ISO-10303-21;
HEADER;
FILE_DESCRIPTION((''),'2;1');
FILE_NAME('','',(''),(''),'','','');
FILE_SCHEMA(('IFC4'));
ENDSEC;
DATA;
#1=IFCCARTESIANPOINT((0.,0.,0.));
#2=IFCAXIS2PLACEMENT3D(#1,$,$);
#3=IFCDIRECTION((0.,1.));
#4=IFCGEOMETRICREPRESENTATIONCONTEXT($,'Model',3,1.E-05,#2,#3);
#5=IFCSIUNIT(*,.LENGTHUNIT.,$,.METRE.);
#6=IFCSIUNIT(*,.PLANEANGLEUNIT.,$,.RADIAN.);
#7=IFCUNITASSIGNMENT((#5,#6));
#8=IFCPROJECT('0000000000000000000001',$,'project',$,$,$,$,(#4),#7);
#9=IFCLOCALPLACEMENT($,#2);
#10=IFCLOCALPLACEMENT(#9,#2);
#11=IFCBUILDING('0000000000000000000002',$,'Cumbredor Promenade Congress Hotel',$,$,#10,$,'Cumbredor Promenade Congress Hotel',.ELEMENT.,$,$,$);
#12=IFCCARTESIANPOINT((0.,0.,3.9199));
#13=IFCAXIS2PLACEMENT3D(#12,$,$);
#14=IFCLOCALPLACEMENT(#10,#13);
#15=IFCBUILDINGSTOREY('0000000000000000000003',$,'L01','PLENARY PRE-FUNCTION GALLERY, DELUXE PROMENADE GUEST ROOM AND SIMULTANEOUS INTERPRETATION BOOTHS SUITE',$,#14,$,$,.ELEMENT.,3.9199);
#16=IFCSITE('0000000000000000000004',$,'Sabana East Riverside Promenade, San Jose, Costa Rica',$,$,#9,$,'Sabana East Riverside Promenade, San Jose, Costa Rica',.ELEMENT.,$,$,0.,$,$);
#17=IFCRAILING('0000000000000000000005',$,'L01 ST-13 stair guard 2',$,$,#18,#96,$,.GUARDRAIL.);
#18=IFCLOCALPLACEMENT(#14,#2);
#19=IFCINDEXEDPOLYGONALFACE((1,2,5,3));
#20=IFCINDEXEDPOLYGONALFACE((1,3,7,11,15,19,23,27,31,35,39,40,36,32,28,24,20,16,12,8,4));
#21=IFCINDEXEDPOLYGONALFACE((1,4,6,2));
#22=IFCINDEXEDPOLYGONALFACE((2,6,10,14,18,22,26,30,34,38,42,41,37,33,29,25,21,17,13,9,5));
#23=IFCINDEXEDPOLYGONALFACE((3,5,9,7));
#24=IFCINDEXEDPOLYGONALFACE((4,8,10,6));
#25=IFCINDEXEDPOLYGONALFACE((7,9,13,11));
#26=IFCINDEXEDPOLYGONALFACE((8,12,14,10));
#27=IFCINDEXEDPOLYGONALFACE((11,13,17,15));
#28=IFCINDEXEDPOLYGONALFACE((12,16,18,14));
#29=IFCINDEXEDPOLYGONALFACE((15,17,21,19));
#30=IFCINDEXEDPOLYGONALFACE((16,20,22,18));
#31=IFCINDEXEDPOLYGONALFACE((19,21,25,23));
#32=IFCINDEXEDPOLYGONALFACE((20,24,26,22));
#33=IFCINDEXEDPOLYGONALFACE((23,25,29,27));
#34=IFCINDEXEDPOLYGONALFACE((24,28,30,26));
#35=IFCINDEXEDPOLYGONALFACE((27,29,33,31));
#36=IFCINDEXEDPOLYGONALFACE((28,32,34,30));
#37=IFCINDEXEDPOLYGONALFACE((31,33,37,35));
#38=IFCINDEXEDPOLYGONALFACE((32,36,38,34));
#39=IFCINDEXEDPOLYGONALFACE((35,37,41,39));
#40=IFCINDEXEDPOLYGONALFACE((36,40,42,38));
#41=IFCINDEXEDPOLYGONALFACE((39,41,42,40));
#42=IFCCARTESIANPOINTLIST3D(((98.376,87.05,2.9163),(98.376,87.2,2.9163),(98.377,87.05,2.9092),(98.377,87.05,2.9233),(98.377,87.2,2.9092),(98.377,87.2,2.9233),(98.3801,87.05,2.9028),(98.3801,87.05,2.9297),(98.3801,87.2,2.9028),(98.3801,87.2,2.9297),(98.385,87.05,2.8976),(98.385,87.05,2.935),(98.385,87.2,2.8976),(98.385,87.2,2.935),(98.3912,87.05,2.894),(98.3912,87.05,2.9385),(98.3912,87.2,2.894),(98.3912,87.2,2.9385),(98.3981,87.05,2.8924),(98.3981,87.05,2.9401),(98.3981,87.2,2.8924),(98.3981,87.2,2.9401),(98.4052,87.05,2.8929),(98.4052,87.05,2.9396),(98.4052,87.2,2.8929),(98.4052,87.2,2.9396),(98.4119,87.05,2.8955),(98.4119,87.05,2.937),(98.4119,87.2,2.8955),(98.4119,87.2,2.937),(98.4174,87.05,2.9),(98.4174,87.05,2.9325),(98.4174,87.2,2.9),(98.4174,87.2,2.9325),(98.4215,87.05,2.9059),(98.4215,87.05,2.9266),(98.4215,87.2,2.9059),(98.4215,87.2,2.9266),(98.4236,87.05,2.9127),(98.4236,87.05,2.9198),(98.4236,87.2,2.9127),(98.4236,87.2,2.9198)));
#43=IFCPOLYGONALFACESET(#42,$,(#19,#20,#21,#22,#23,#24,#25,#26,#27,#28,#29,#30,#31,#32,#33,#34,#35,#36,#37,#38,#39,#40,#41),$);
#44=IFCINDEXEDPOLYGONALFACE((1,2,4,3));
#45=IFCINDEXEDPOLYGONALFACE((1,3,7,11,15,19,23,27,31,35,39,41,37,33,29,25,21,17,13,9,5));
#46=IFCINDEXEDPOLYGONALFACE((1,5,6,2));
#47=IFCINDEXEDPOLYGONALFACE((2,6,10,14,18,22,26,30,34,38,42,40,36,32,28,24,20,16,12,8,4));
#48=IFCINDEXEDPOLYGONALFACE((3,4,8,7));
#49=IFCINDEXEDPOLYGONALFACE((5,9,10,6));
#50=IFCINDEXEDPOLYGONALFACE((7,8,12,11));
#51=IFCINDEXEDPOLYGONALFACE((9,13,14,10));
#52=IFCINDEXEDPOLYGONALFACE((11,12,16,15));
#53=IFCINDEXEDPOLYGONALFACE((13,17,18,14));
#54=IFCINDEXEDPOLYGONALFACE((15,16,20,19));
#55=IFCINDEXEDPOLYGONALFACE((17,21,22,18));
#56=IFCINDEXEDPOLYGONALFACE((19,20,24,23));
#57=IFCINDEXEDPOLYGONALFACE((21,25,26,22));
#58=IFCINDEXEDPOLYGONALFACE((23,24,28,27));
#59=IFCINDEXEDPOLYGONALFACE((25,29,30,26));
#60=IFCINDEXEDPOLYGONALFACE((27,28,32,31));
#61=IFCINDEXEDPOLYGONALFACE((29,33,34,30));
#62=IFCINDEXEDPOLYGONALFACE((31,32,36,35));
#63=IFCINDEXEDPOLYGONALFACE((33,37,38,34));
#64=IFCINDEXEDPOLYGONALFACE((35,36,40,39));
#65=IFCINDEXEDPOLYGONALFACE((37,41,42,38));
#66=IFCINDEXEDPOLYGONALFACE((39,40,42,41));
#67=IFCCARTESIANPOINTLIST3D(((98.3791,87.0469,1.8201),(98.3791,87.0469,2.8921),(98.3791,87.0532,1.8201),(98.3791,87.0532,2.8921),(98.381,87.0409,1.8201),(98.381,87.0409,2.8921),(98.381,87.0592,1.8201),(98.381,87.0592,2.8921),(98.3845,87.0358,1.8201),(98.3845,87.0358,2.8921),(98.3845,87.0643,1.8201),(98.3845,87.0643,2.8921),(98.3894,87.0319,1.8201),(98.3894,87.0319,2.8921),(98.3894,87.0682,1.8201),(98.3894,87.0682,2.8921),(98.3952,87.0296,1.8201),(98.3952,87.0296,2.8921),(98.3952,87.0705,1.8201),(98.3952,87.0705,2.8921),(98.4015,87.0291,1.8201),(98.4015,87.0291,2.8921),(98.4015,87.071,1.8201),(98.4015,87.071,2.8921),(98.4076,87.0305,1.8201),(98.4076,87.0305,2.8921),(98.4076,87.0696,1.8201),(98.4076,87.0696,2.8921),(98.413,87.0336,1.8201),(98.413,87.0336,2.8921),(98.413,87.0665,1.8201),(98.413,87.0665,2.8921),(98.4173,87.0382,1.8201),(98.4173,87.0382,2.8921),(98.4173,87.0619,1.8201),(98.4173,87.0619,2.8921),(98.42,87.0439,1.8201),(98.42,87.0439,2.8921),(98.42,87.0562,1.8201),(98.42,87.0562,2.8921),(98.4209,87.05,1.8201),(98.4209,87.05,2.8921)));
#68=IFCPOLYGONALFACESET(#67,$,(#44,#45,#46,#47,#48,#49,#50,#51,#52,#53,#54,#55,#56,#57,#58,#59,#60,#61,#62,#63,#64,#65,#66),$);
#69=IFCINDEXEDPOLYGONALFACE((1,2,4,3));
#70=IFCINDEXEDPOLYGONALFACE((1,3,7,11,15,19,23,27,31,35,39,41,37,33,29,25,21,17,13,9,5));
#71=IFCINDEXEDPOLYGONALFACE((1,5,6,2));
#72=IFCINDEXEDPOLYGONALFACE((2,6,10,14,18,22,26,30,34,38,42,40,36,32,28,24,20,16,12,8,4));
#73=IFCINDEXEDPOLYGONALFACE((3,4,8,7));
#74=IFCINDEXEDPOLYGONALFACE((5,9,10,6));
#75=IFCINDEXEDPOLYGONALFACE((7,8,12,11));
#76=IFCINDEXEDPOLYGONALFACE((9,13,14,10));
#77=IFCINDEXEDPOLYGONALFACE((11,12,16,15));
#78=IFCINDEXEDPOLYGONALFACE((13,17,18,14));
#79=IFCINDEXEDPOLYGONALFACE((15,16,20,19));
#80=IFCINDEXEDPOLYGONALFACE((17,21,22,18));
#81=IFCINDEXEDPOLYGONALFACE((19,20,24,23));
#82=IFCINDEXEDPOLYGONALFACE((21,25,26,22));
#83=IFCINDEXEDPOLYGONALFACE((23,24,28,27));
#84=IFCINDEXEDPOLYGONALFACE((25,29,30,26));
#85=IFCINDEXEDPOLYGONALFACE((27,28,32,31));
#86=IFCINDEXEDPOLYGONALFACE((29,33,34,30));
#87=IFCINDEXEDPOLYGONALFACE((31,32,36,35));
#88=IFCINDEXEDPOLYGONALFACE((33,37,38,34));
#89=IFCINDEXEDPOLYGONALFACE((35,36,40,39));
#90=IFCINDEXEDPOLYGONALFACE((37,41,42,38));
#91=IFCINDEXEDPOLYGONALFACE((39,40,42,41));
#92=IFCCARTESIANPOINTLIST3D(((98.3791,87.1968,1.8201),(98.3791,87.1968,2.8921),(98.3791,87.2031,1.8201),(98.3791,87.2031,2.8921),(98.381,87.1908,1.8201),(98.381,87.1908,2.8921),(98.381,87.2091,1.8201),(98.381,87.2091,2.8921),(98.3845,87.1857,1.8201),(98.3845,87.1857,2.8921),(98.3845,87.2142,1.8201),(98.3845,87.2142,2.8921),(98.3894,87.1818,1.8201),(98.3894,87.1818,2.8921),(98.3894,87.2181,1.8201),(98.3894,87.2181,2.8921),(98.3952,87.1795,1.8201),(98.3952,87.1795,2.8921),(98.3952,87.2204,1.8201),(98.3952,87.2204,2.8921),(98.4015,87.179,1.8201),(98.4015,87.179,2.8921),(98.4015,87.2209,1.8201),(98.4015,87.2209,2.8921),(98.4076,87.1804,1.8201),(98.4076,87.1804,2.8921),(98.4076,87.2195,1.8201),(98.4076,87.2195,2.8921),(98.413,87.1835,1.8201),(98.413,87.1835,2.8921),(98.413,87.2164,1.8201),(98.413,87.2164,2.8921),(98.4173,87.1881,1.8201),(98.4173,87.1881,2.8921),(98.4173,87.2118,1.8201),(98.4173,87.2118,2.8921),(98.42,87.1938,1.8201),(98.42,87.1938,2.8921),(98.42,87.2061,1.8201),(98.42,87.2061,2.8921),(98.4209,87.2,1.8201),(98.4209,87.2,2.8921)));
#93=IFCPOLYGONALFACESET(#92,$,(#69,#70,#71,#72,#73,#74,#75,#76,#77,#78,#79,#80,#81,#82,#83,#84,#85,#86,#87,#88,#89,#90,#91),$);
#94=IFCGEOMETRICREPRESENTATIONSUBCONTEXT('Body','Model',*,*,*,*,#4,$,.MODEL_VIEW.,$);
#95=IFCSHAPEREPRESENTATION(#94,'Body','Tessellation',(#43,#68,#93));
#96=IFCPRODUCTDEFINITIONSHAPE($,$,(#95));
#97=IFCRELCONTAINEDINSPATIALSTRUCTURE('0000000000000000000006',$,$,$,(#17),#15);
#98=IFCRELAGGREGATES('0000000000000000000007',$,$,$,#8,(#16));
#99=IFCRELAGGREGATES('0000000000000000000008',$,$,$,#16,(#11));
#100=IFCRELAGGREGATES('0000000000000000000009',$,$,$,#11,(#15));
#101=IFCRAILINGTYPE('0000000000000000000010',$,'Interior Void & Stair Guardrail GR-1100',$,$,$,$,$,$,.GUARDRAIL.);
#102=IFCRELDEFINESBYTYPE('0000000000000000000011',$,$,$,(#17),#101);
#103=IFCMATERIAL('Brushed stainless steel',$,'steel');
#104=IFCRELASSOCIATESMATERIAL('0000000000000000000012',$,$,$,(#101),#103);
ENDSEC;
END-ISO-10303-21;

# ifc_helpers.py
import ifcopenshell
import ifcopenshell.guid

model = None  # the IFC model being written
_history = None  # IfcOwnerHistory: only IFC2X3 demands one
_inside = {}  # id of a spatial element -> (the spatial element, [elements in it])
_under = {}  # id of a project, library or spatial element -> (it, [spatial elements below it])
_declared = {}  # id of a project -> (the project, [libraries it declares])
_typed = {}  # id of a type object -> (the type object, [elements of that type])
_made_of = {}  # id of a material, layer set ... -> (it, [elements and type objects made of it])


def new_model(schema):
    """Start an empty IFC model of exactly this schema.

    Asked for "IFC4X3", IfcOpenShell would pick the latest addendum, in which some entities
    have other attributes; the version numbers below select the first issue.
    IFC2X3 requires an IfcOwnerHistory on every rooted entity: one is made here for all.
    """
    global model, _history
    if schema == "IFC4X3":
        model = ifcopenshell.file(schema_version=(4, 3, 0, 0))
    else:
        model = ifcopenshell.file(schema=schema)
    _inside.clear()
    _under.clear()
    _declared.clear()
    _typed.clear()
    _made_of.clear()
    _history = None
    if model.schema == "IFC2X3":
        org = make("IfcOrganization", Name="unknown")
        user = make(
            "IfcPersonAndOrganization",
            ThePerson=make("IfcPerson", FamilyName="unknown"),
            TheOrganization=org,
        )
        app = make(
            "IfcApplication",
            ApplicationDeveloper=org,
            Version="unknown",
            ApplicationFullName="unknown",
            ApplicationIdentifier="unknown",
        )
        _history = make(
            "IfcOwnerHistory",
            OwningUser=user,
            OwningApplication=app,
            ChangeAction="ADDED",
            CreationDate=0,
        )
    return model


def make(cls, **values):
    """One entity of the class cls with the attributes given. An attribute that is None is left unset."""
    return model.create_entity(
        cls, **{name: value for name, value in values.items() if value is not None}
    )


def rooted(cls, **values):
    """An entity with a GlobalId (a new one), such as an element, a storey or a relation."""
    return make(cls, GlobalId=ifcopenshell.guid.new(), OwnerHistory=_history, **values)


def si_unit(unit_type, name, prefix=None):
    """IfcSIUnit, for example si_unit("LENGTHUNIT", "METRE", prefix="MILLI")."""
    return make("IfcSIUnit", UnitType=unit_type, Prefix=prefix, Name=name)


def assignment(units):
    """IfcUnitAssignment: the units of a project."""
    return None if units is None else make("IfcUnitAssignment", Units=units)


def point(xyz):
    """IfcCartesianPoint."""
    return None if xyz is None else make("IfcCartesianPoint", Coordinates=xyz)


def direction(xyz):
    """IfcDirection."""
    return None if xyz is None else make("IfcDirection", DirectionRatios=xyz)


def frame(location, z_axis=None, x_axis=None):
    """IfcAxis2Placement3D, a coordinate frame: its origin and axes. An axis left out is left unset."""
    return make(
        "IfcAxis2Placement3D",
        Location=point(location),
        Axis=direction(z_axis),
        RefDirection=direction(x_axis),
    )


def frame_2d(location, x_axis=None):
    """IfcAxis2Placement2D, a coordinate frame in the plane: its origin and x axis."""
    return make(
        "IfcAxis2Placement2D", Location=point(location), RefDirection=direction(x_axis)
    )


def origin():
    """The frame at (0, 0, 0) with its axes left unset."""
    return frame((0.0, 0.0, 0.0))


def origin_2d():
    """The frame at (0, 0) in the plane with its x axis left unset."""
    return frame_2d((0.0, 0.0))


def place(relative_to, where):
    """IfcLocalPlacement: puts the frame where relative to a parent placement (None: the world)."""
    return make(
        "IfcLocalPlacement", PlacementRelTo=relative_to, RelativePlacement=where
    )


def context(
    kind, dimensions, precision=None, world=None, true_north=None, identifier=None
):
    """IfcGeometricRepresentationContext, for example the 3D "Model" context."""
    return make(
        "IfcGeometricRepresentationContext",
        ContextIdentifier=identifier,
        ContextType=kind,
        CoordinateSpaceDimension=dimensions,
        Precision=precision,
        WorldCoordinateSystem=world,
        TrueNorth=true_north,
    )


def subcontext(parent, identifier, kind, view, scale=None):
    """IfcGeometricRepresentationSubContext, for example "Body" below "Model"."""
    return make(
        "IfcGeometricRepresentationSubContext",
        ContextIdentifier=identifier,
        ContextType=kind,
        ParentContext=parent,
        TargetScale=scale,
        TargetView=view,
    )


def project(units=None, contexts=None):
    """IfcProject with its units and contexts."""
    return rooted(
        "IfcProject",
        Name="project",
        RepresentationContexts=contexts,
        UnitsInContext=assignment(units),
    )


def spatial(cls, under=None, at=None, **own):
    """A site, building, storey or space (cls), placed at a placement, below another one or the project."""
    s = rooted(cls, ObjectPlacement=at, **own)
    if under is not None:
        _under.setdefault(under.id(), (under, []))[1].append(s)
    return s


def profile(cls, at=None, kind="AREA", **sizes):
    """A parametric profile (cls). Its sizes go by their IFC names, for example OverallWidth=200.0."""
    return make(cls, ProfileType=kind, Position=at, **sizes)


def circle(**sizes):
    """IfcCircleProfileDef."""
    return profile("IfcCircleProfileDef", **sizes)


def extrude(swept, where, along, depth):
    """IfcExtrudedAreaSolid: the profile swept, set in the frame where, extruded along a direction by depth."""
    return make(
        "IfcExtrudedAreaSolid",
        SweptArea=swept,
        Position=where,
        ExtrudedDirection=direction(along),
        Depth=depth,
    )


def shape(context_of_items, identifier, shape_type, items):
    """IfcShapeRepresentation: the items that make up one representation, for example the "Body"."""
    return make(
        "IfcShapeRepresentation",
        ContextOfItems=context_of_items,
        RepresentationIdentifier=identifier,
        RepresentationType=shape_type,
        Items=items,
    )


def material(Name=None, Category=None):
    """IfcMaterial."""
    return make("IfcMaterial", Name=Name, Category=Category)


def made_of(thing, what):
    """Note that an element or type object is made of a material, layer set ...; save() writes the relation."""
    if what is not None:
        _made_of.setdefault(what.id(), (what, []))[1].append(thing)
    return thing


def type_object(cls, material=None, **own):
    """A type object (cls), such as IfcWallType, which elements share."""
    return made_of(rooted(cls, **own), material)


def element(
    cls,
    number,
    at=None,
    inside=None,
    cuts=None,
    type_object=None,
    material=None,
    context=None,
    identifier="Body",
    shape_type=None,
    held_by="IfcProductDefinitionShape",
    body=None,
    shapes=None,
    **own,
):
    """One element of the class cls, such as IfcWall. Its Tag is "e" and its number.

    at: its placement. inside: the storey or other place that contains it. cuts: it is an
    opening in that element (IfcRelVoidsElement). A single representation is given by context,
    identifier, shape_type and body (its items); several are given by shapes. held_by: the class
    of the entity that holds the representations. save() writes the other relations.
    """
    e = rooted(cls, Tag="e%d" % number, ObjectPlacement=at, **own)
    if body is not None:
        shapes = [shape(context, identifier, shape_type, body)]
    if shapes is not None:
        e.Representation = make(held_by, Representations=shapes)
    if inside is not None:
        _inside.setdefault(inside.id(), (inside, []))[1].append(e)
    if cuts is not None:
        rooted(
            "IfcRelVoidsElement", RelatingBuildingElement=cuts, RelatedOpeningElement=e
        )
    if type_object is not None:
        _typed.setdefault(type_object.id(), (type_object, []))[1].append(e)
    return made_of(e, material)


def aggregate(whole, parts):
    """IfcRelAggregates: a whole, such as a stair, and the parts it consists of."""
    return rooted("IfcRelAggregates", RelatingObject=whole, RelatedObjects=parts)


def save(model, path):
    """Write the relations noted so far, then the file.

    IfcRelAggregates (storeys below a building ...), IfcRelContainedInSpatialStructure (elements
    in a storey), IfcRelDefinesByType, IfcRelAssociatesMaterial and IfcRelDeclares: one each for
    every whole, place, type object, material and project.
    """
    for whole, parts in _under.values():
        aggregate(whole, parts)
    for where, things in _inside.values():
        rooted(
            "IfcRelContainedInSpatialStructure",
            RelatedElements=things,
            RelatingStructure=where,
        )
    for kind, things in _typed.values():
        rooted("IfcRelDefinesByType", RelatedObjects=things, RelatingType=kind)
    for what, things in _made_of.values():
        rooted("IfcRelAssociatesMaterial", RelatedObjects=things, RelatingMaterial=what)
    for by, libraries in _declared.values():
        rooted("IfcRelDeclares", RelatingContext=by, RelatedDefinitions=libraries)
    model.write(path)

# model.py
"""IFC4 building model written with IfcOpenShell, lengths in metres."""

from ifc_helpers import new_model, si_unit, direction, frame, origin, origin_2d, place, context, subcontext, project, spatial, circle, extrude, material, type_object, element, save


model = new_model("IFC4")

# Units and contexts
model_context = context("Model", 3, precision=1e-05, world=origin(), true_north=direction((0.0, 1.0)))
body_context = subcontext(model_context, "Body", "Model", "MODEL_VIEW")
ifc_project = project(units=[si_unit("LENGTHUNIT", "METRE"), si_unit("PLANEANGLEUNIT", "RADIAN")], contexts=[model_context])

# Site, building, storey
site_placement = place(None, origin())
site = spatial("IfcSite", under=ifc_project, at=site_placement, Name="Sabana East Riverside Promenade, San Jose, Costa Rica", LongName="Sabana East Riverside Promenade, San Jose, Costa Rica", CompositionType="ELEMENT", RefElevation=0.0)
building_placement = place(site_placement, origin())
building = spatial("IfcBuilding", under=site, at=building_placement, Name="Cumbredor Promenade Congress Hotel", LongName="Cumbredor Promenade Congress Hotel", CompositionType="ELEMENT")
storey_placement = place(building_placement, frame((0.0, 0.0, 3.9199)))
storey = spatial("IfcBuildingStorey", under=building, at=storey_placement, Name="L01", Description="PLENARY PRE-FUNCTION GALLERY, DELUXE PROMENADE GUEST ROOM AND SIMULTANEOUS INTERPRETATION BOOTHS SUITE", CompositionType="ELEMENT", Elevation=3.9199)

# Railing
ifc_material_1 = material(Name="Brushed stainless steel", Category="steel")
railing_type_1 = type_object("IfcRailingType", Name="Interior Void & Stair Guardrail GR-1100", PredefinedType="GUARDRAIL", material=ifc_material_1)
railing_1_placement = place(storey_placement, frame((98.3999, 87.05, 1.8201)))
element("IfcRailing", 1, at=railing_1_placement, inside=storey, type_object=railing_type_1, Name="L01 ST-13 stair guard 2", PredefinedType="GUARDRAIL", context=body_context, shape_type="SweptSolid", body=[
    extrude(circle(Radius=0.0239, at=origin_2d()), frame((0.0, 0.0, 1.0962), z_axis=(0.0, 1.0, 0.0), x_axis=(-1.0, 0.0, 0.0)), (0.0, 0.0, 1.0), 0.1499),
    extrude(circle(Radius=0.021, at=origin_2d()), origin(), (0.0, 0.0, 1.0), 1.072),
    extrude(circle(Radius=0.021, at=origin_2d()), frame((0.0, 0.1499, 0.0)), (0.0, 0.0, 1.0), 1.072),
])

save(model, "model.ifc")
